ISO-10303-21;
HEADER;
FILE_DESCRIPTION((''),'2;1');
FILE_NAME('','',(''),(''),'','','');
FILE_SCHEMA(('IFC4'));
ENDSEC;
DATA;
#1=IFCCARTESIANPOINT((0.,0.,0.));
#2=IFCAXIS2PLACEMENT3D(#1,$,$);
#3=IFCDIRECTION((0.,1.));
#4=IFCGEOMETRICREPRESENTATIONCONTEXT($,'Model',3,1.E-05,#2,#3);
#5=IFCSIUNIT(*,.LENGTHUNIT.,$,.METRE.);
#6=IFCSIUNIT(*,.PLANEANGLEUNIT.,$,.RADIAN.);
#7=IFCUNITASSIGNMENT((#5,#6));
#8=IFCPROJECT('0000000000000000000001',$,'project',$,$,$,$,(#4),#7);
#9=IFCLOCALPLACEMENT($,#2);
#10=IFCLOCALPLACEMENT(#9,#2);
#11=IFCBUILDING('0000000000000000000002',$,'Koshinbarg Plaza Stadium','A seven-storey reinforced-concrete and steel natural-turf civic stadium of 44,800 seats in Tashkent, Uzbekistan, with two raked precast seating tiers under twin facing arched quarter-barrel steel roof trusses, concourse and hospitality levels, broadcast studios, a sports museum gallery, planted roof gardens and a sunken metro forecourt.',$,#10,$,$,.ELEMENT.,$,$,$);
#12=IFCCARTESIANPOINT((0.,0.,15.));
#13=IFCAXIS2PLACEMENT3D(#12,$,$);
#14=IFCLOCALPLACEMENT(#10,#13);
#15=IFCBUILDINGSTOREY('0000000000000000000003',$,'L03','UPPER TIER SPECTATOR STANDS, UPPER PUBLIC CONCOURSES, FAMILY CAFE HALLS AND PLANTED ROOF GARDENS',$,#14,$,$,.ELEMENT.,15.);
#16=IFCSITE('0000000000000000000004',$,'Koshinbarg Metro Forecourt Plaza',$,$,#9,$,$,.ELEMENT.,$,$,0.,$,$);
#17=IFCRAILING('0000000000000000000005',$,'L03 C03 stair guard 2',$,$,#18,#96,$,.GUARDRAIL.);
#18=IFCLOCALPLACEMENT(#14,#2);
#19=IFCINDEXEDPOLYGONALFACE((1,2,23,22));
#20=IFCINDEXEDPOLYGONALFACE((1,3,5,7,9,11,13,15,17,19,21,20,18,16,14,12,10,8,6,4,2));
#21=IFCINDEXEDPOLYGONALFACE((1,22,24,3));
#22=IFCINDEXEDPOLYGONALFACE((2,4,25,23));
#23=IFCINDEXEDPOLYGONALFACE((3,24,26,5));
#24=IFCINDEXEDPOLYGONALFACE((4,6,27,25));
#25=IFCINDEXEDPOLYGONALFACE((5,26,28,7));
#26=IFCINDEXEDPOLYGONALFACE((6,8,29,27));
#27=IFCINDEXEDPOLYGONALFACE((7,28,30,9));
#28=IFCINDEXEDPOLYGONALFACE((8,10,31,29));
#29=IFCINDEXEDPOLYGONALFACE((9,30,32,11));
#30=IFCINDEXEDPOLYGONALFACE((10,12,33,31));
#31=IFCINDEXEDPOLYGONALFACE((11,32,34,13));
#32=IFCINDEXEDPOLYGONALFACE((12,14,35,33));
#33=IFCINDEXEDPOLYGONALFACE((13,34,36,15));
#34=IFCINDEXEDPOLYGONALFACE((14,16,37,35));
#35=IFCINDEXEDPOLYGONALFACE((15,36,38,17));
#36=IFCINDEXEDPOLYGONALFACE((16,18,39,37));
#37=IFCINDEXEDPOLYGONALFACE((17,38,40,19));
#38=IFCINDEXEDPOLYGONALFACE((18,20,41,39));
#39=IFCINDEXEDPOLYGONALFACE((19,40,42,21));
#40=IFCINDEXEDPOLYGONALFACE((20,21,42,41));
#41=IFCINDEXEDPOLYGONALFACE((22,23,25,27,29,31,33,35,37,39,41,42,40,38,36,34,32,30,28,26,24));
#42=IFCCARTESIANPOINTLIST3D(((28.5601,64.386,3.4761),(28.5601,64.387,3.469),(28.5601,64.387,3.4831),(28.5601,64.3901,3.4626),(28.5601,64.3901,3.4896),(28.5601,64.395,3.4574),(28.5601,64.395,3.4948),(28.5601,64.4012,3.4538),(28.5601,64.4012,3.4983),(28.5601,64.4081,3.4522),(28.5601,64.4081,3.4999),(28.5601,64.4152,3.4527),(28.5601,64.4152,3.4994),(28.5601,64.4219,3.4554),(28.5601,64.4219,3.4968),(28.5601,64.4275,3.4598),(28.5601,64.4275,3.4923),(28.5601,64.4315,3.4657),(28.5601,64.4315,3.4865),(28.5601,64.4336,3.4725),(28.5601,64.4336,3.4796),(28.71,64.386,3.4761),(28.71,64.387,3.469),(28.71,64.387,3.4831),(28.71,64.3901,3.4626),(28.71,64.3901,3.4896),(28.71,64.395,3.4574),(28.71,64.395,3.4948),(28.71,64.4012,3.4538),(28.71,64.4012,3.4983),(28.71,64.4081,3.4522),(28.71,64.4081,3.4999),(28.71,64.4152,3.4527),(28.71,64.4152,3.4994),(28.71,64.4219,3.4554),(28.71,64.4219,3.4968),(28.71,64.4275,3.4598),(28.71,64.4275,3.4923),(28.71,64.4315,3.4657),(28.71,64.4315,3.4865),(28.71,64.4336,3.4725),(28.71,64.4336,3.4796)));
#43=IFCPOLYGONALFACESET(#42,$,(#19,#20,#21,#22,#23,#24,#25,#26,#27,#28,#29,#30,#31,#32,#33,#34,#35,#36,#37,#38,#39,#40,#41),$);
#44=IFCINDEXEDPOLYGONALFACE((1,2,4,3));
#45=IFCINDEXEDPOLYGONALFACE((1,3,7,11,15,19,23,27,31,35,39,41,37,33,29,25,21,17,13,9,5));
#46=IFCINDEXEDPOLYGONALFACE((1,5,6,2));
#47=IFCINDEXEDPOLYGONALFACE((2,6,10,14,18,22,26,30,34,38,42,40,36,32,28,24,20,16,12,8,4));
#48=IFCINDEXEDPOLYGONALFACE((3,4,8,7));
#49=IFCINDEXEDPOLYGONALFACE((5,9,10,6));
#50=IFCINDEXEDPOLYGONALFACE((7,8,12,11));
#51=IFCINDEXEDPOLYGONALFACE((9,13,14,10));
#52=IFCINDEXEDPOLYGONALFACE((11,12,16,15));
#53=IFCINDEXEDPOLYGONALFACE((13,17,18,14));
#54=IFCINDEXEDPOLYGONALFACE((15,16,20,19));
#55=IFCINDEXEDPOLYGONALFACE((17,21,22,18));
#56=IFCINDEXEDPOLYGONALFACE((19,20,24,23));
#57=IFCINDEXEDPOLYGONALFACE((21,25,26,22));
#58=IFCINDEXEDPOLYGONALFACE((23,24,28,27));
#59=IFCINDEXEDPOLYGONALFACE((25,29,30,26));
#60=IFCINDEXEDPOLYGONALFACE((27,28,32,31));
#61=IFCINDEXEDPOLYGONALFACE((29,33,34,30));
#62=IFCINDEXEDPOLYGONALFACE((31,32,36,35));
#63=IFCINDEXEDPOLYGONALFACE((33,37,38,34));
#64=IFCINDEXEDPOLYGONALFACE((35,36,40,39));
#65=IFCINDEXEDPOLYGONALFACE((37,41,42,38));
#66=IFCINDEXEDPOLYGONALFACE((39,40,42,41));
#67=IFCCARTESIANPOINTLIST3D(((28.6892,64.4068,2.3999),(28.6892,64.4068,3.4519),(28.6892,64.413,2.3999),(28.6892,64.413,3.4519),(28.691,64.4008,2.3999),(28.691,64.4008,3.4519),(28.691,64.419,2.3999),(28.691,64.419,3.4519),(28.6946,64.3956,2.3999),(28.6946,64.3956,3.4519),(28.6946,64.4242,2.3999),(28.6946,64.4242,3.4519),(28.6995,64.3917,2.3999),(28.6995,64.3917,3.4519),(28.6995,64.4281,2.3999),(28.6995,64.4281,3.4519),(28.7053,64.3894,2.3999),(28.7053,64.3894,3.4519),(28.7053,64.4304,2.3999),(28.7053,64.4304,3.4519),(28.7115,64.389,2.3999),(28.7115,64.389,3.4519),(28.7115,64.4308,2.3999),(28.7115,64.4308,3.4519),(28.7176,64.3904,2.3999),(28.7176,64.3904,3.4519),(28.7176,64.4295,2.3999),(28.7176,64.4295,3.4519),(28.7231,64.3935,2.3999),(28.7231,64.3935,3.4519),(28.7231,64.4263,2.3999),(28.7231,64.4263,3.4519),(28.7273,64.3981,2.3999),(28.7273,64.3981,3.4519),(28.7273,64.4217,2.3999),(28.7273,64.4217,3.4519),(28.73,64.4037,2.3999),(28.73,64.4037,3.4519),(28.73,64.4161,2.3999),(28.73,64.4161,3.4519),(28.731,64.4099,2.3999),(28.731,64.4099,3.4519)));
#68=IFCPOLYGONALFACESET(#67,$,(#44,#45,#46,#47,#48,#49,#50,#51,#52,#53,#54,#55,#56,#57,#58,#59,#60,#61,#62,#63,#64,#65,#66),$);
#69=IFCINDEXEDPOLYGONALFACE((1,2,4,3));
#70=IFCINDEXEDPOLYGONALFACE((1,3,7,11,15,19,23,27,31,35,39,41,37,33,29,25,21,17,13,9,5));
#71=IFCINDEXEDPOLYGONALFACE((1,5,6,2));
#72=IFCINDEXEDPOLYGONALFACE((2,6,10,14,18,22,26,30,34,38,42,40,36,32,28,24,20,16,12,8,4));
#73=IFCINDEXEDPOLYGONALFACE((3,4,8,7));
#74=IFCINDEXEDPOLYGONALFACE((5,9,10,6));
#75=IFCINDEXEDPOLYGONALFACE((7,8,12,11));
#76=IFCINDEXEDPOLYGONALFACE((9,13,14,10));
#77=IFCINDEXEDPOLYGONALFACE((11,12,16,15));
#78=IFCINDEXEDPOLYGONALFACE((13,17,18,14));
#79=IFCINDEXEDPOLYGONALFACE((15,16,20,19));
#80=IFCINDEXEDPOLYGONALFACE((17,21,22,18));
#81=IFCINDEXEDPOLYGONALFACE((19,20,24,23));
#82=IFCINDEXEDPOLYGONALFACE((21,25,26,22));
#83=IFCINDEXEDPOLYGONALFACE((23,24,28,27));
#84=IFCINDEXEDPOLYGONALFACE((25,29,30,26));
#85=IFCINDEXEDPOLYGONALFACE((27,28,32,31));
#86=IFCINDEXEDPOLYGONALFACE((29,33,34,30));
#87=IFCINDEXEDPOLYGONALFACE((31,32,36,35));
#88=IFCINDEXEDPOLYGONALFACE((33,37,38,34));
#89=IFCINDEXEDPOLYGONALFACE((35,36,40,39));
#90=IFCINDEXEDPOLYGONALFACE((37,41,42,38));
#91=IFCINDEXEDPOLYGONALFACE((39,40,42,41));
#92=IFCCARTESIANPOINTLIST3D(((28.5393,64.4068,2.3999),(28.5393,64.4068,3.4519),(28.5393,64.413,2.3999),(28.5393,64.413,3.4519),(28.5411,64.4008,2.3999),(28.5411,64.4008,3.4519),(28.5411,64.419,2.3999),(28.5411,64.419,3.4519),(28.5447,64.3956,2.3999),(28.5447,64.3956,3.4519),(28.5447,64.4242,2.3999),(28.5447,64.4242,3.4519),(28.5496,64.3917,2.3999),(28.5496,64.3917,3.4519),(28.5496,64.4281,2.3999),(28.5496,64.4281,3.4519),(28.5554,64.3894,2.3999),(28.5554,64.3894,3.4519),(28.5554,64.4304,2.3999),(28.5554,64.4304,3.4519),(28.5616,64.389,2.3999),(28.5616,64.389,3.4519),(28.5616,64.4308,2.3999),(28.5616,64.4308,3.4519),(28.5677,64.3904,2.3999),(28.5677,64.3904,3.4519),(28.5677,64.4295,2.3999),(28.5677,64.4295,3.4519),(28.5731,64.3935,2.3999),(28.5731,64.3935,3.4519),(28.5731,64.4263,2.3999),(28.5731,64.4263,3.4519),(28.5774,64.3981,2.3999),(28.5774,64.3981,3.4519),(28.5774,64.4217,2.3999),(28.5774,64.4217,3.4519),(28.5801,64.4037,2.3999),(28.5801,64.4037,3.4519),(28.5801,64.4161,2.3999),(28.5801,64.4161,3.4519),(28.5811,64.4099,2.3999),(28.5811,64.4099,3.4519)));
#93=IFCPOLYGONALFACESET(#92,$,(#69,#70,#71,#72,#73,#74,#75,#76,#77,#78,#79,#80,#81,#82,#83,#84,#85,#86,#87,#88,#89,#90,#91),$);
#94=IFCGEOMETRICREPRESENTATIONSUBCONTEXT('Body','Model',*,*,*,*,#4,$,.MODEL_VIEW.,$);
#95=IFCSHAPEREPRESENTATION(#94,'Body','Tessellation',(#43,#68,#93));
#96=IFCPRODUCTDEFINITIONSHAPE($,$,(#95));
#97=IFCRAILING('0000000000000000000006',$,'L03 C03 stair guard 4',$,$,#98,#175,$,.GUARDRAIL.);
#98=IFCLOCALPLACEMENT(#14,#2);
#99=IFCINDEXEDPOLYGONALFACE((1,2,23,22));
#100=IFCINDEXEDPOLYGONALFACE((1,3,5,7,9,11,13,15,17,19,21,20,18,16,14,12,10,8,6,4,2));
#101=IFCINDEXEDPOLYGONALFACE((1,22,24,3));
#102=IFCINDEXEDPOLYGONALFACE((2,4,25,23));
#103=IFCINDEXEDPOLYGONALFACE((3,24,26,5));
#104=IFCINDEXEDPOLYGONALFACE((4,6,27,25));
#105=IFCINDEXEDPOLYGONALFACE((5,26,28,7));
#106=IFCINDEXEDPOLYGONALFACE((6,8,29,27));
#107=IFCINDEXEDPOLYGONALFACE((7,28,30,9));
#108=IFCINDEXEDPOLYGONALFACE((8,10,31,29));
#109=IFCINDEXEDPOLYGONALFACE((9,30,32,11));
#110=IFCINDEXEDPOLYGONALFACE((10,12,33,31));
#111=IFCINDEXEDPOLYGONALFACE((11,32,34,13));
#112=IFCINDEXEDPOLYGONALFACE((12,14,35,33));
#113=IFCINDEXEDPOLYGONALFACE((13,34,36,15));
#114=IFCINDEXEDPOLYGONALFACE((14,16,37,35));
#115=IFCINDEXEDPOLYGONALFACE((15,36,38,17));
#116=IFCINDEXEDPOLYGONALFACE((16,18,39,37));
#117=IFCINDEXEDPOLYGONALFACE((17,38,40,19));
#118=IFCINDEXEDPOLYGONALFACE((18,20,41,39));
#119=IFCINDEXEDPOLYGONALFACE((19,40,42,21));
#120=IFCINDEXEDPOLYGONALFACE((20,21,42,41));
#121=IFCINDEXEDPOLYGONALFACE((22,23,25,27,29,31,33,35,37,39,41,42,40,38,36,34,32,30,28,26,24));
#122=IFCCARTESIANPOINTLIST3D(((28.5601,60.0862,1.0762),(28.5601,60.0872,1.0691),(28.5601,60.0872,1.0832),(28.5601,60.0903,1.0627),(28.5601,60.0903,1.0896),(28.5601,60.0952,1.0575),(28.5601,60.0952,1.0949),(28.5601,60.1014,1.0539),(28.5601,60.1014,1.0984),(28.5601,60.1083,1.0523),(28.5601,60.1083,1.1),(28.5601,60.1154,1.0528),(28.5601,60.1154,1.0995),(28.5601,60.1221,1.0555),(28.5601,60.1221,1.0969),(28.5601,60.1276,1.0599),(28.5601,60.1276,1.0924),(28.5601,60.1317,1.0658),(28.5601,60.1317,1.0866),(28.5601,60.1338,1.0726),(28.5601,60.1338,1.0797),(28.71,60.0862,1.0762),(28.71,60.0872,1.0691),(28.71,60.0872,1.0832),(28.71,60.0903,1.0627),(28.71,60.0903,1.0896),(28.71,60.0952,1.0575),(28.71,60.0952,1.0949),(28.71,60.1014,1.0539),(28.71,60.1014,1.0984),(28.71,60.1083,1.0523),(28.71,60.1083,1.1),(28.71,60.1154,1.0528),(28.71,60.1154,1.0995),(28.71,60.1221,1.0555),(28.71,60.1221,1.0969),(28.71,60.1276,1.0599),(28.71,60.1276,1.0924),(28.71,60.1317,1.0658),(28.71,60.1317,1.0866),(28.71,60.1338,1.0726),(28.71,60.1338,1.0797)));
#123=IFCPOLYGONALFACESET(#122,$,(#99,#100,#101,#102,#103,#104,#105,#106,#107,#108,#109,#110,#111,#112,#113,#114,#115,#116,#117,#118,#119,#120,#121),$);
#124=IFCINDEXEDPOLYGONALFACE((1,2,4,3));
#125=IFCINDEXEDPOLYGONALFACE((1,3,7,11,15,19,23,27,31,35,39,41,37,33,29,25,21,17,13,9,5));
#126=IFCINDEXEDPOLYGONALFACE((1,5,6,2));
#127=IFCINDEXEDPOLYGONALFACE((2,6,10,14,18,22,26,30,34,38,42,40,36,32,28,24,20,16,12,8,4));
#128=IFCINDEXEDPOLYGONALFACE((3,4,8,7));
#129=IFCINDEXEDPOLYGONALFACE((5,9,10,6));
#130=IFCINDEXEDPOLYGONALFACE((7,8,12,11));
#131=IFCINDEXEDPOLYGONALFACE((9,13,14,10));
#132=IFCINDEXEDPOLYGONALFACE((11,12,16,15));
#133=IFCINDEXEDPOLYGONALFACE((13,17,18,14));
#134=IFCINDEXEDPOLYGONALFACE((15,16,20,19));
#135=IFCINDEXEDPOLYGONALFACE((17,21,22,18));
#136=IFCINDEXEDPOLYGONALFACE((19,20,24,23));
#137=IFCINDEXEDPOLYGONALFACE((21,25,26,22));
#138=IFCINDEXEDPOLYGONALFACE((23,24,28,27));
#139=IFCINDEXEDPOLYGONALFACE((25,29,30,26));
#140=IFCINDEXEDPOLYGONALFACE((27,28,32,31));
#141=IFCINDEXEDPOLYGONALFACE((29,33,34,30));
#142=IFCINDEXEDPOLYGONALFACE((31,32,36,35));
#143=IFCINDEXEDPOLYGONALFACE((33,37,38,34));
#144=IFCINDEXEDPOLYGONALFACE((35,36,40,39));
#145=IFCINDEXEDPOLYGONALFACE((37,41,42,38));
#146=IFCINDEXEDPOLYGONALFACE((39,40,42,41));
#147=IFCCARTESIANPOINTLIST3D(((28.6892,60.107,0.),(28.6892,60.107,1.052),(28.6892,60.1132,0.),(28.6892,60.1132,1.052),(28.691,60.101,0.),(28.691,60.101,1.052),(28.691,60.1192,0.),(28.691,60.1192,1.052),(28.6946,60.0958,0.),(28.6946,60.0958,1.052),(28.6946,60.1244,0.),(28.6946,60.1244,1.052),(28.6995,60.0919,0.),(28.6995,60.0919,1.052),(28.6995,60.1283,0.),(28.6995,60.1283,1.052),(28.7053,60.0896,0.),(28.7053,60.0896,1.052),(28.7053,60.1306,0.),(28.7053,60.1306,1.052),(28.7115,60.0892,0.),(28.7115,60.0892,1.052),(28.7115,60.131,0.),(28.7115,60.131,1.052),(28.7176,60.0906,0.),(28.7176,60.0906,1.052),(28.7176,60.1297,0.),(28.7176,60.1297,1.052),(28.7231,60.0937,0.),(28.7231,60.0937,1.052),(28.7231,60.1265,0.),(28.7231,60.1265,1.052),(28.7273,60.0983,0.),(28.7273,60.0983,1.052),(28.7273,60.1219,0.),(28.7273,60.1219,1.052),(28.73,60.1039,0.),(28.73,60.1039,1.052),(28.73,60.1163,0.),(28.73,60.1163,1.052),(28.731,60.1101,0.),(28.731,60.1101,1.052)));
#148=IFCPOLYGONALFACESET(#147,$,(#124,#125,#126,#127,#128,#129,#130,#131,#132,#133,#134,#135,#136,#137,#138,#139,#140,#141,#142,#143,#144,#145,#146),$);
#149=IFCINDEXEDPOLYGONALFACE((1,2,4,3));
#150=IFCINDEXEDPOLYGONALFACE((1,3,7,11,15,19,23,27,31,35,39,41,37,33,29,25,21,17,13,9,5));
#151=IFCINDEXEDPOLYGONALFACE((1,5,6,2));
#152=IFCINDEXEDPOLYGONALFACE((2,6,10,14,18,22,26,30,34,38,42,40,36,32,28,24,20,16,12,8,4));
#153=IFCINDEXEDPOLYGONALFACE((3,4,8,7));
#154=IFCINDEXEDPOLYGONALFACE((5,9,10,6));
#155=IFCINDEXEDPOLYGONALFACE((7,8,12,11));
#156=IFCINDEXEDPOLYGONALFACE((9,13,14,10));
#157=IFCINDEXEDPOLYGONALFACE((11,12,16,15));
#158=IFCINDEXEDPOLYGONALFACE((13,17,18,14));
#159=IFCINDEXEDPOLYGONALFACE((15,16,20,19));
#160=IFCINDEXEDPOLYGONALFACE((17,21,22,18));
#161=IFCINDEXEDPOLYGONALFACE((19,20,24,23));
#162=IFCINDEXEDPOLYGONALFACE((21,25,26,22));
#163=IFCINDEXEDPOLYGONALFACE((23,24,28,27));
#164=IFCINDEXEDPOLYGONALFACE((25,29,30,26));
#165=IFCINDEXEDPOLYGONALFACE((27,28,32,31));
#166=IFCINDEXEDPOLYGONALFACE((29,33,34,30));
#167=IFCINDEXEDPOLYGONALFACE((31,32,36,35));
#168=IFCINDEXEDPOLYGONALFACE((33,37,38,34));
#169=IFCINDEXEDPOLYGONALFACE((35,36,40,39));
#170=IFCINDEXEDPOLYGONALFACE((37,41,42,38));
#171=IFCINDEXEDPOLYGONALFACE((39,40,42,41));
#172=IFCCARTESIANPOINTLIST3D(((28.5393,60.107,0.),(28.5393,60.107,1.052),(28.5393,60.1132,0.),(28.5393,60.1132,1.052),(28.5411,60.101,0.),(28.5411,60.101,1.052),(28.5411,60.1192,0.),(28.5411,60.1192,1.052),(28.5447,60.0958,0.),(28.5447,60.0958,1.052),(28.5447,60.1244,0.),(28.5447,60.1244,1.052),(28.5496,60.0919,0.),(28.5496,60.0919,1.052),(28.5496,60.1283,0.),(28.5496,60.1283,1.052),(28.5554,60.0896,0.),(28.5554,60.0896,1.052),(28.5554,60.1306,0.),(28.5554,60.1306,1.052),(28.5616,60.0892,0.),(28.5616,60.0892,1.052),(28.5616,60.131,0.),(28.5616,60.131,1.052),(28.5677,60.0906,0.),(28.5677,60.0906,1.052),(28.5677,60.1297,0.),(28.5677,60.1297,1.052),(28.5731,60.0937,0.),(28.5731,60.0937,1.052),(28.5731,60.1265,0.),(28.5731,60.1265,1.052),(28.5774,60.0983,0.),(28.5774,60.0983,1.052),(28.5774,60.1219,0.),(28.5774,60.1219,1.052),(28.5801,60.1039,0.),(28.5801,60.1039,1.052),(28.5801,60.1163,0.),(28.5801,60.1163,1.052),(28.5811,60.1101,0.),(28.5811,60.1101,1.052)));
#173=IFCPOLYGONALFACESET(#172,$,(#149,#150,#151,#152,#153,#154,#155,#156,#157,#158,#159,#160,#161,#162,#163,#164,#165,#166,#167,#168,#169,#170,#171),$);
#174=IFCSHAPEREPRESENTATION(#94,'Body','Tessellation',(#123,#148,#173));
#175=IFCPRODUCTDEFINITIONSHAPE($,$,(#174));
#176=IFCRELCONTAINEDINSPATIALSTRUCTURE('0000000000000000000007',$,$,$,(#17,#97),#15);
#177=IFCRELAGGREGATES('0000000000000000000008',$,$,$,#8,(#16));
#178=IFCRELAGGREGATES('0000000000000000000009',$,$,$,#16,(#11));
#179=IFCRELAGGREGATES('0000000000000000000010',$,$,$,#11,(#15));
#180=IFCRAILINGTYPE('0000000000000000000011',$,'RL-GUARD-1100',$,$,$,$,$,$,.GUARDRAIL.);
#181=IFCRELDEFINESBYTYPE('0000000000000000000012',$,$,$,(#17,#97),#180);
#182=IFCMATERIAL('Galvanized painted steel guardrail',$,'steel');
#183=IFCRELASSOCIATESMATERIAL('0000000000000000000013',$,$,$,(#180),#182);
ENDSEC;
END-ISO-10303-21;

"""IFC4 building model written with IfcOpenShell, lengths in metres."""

from ifc_helpers import new_model, si_unit, direction, frame, origin, origin_2d, place, context, subcontext, project, spatial, circle, extrude, material, type_object, element, save


model = new_model("IFC4")

# Units and contexts
model_context = context("Model", 3, precision=1e-05, world=origin(), true_north=direction((0.0, 1.0)))
body_context = subcontext(model_context, "Body", "Model", "MODEL_VIEW")
ifc_project = project(units=[si_unit("LENGTHUNIT", "METRE"), si_unit("PLANEANGLEUNIT", "RADIAN")], contexts=[model_context])

# Site, building, storey
site_placement = place(None, origin())
site = spatial("IfcSite", under=ifc_project, at=site_placement, Name="Koshinbarg Metro Forecourt Plaza", CompositionType="ELEMENT", RefElevation=0.0)
building_placement = place(site_placement, origin())
building = spatial("IfcBuilding", under=site, at=building_placement, Name="Koshinbarg Plaza Stadium", Description="A seven-storey reinforced-concrete and steel natural-turf civic stadium of 44,800 seats in Tashkent, Uzbekistan, with two raked precast seating tiers under twin facing arched quarter-barrel steel roof trusses, concourse and hospitality levels, broadcast studios, a sports museum gallery, planted roof gardens and a sunken metro forecourt.", CompositionType="ELEMENT")
storey_placement = place(building_placement, frame((0.0, 0.0, 15.0)))
storey = spatial("IfcBuildingStorey", under=building, at=storey_placement, Name="L03", Description="UPPER TIER SPECTATOR STANDS, UPPER PUBLIC CONCOURSES, FAMILY CAFE HALLS AND PLANTED ROOF GARDENS", CompositionType="ELEMENT", Elevation=15.0)

# Railings
ifc_material_1 = material(Name="Galvanized painted steel guardrail", Category="steel")
railing_type_1 = type_object("IfcRailingType", Name="RL-GUARD-1100", PredefinedType="GUARDRAIL", material=ifc_material_1)
for number, where, name in (
    (1, (28.71, 64.4099, 2.3999), "L03 C03 stair guard 2"),
    (2, (28.71, 60.1101, 0.0), "L03 C03 stair guard 4"),
):
    element("IfcRailing", number, at=place(storey_placement, frame(where)), inside=storey, type_object=railing_type_1, Name=name, PredefinedType="GUARDRAIL", context=body_context, shape_type="SweptSolid", body=[
        extrude(circle(Radius=0.0239, at=origin_2d()), frame((0.0, 0.0, 1.0762), z_axis=(-1.0, 0.0, 0.0), x_axis=(0.0, -1.0, 0.0)), (0.0, 0.0, 1.0), 0.1499),
        extrude(circle(Radius=0.021, at=origin_2d()), origin(), (0.0, 0.0, 1.0), 1.052),
        extrude(circle(Radius=0.021, at=origin_2d()), frame((-0.1499, 0.0, 0.0)), (0.0, 0.0, 1.0), 1.052),
    ])

save(model, "model.ifc")
